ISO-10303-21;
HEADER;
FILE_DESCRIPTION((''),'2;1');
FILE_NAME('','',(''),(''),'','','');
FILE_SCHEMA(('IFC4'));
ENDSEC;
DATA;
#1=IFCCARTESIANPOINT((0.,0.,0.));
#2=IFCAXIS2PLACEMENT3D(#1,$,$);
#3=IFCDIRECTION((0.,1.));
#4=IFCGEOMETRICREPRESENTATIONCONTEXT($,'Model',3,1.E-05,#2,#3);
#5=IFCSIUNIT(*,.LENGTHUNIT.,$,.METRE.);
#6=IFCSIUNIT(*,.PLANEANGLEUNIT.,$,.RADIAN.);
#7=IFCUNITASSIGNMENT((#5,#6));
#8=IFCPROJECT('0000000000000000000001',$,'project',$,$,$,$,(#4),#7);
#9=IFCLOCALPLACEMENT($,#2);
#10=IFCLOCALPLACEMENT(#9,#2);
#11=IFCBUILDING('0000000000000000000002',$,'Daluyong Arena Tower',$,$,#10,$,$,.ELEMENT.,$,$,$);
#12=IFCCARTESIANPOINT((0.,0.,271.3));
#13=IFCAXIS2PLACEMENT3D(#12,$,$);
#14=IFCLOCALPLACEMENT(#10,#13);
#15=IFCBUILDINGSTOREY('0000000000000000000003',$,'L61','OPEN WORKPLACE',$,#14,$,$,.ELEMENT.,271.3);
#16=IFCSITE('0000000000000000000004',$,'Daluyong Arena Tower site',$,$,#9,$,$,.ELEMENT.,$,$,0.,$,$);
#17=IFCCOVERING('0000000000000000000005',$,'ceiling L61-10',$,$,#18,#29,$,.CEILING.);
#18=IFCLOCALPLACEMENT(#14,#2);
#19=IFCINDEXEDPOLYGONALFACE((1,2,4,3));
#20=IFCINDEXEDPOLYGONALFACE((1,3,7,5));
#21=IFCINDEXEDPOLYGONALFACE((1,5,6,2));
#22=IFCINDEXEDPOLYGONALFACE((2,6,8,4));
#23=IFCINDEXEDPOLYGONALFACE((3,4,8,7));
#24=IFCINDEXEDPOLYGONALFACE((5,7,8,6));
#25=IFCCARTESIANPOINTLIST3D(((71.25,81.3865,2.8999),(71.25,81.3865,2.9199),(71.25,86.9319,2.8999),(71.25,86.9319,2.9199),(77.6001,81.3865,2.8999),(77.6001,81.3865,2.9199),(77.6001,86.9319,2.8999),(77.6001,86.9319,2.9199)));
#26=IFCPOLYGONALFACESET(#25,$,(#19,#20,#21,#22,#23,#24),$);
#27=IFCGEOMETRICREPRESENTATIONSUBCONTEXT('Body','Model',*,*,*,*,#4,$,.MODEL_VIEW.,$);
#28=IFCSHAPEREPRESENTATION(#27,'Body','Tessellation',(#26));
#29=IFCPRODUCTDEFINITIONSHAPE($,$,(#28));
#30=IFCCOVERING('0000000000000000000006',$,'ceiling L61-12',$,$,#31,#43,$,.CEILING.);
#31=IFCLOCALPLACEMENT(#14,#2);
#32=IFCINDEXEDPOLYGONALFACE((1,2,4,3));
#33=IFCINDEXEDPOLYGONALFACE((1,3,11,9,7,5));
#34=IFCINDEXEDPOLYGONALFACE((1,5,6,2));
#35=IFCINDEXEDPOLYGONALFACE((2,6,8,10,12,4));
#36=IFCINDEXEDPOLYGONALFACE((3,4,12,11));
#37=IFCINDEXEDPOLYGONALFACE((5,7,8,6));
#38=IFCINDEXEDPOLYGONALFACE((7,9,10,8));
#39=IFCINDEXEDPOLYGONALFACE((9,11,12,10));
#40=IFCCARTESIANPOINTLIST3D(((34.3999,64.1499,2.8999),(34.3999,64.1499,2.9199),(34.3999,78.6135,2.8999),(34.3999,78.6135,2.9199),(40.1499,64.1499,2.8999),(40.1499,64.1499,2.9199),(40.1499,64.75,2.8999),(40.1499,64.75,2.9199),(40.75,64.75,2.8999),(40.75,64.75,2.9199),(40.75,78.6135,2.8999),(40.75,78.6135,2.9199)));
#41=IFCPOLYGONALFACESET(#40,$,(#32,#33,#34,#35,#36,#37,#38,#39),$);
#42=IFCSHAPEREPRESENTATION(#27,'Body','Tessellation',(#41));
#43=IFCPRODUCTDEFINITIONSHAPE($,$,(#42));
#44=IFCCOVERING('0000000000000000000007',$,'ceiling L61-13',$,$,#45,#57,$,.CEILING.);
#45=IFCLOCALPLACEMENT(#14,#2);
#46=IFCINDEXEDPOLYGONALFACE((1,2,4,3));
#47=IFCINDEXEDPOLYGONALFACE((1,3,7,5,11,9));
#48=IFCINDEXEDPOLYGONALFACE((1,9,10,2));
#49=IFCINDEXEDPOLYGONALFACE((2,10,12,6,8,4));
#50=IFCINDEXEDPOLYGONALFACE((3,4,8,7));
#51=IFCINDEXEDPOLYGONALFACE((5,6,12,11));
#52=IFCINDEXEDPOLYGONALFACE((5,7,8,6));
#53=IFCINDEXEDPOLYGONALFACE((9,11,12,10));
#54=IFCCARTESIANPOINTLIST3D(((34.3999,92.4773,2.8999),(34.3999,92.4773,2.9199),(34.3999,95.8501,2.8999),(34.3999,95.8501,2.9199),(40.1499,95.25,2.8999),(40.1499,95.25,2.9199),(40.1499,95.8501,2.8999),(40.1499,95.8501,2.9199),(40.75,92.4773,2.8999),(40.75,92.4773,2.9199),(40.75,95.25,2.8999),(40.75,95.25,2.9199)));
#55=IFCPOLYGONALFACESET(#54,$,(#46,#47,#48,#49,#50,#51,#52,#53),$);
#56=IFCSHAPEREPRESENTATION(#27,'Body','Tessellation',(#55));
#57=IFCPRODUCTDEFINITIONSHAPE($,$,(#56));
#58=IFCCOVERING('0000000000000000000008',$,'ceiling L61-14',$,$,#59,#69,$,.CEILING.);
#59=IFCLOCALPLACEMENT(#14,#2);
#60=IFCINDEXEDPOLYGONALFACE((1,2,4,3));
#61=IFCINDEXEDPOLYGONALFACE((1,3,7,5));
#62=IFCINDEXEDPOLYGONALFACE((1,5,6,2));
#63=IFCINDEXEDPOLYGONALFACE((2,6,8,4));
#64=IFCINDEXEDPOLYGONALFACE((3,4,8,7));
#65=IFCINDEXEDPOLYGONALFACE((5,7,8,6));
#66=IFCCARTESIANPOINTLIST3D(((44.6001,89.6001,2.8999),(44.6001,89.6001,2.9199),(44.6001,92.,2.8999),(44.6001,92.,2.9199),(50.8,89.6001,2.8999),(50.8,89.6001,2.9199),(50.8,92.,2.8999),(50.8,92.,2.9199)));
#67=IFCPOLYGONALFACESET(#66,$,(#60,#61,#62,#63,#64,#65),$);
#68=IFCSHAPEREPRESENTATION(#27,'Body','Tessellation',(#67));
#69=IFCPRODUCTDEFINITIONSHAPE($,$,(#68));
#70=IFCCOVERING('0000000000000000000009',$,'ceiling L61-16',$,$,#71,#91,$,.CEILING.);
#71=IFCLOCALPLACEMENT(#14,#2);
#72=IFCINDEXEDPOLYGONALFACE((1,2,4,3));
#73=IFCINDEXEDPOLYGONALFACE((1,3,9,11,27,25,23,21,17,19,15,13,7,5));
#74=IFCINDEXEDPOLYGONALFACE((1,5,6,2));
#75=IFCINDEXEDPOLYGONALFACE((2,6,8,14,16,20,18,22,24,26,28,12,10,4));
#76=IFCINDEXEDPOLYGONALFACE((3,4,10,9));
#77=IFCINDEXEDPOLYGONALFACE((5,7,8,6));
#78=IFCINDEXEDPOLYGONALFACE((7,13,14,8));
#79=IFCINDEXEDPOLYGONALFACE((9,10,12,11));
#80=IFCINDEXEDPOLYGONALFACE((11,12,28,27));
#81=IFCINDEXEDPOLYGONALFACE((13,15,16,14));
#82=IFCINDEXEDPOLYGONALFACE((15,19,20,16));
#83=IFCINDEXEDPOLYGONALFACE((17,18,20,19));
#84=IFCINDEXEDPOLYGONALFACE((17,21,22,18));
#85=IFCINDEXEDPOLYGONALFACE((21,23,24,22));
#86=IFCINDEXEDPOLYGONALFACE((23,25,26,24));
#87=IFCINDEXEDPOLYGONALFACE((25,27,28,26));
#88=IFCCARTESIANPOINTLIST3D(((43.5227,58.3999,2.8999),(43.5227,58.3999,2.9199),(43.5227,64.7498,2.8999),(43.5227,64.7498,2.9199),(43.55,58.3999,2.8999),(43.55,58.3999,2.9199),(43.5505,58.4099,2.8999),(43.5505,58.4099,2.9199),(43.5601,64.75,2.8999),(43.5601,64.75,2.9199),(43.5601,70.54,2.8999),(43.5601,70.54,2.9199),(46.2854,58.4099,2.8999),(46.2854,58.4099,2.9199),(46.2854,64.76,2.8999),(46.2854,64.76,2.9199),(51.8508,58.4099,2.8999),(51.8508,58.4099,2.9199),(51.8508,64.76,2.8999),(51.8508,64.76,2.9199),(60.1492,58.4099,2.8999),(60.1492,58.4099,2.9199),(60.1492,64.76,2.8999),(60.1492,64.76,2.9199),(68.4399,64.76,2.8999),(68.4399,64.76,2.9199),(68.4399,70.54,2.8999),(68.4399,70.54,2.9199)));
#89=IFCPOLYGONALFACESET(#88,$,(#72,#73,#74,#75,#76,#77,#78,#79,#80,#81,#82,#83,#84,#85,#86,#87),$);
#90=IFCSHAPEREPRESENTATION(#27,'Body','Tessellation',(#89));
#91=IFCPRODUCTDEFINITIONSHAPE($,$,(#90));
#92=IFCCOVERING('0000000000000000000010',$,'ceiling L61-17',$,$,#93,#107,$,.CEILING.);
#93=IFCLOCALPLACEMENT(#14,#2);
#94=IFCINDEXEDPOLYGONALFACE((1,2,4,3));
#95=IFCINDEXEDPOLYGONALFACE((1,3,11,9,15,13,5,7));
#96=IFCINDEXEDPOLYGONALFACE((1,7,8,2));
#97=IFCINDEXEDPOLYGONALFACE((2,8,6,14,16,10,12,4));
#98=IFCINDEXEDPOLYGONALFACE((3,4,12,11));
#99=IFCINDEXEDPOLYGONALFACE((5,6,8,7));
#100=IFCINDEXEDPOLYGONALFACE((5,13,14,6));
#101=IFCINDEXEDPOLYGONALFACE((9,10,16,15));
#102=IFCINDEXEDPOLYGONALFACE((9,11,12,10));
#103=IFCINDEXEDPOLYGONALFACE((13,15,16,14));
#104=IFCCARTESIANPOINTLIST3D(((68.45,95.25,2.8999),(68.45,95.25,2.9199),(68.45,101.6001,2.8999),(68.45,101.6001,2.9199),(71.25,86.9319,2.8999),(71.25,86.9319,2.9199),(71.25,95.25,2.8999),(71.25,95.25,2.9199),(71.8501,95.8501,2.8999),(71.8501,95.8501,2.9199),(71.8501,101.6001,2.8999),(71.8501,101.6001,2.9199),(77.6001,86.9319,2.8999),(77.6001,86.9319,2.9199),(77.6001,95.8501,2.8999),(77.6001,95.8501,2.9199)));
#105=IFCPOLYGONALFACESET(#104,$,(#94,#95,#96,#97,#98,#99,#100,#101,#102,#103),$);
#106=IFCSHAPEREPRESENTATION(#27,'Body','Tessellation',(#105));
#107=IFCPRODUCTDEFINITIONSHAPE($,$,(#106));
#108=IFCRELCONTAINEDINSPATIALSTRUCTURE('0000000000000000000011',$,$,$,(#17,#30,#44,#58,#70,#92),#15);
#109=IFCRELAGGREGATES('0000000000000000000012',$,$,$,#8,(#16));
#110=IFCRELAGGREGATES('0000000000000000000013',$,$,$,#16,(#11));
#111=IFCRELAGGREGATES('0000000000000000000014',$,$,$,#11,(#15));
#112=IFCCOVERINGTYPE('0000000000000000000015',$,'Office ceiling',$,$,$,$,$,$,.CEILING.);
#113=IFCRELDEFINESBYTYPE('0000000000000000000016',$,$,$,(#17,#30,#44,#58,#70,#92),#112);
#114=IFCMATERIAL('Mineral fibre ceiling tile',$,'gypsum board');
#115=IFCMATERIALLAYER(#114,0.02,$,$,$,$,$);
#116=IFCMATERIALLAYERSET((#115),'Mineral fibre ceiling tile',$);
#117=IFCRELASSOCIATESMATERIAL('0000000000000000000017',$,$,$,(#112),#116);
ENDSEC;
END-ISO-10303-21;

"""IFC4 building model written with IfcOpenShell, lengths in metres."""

from ifc_helpers import new_model, si_unit, direction, frame, origin, place, context, subcontext, project, spatial, polyline, outline, extrude, material, layer, layer_set, type_object, element, save


model = new_model("IFC4")

# Units and contexts
model_context = context("Model", 3, precision=1e-05, world=origin(), true_north=direction((0.0, 1.0)))
body_context = subcontext(model_context, "Body", "Model", "MODEL_VIEW")
ifc_project = project(units=[si_unit("LENGTHUNIT", "METRE"), si_unit("PLANEANGLEUNIT", "RADIAN")], contexts=[model_context])

# Site, building, storey
site_placement = place(None, origin())
site = spatial("IfcSite", under=ifc_project, at=site_placement, Name="Daluyong Arena Tower site", CompositionType="ELEMENT", RefElevation=0.0)
building_placement = place(site_placement, origin())
building = spatial("IfcBuilding", under=site, at=building_placement, Name="Daluyong Arena Tower", CompositionType="ELEMENT")
storey_placement = place(building_placement, frame((0.0, 0.0, 271.3)))
storey = spatial("IfcBuildingStorey", under=building, at=storey_placement, Name="L61", Description="OPEN WORKPLACE", CompositionType="ELEMENT", Elevation=271.3)

# Coverings
ifc_material_1 = material(Name="Mineral fibre ceiling tile", Category="gypsum board")
ifc_layer_1 = layer(ifc_material_1, 0.02)
ifc_layer_set_1 = layer_set([ifc_layer_1], Name="Mineral fibre ceiling tile")
covering_type = type_object("IfcCoveringType", Name="Office ceiling", PredefinedType="CEILING", material=ifc_layer_set_1)
covering_1_placement = place(storey_placement, frame((0.0, 0.0, 2.8999)))
element("IfcCovering", 1, at=covering_1_placement, inside=storey, type_object=covering_type, Name="ceiling L61-10", PredefinedType="CEILING", context=body_context, shape_type="SweptSolid", body=[
    extrude(outline(polyline([(71.25, 81.3865), (77.6001, 81.3865), (77.6001, 86.9319), (71.25, 86.9319), (71.25, 81.3865)])), origin(), (0.0, 0.0, 1.0), 0.02),
])
covering_2_placement = place(storey_placement, frame((0.0, 0.0, 2.8999)))
element("IfcCovering", 2, at=covering_2_placement, inside=storey, type_object=covering_type, Name="ceiling L61-12", PredefinedType="CEILING", context=body_context, shape_type="SweptSolid", body=[
    extrude(outline(polyline([(34.3999, 64.1499), (40.1499, 64.1499), (40.1499, 64.75), (40.75, 64.75), (40.75, 78.6135), (34.3999, 78.6135), (34.3999, 64.1499)])), origin(), (0.0, 0.0, 1.0), 0.02),
])
covering_3_placement = place(storey_placement, frame((0.0, 0.0, 2.8999)))
element("IfcCovering", 3, at=covering_3_placement, inside=storey, type_object=covering_type, Name="ceiling L61-13", PredefinedType="CEILING", context=body_context, shape_type="SweptSolid", body=[
    extrude(outline(polyline([(40.75, 92.4773), (40.75, 95.25), (40.1499, 95.25), (40.1499, 95.8501), (34.3999, 95.8501), (34.3999, 92.4773), (40.75, 92.4773)])), origin(), (0.0, 0.0, 1.0), 0.02),
])
covering_4_placement = place(storey_placement, frame((0.0, 0.0, 2.8999)))
element("IfcCovering", 4, at=covering_4_placement, inside=storey, type_object=covering_type, Name="ceiling L61-14", PredefinedType="CEILING", context=body_context, shape_type="SweptSolid", body=[
    extrude(outline(polyline([(44.6001, 89.6001), (50.8, 89.6001), (50.8, 92.0), (44.6001, 92.0), (44.6001, 89.6001)])), origin(), (0.0, 0.0, 1.0), 0.02),
])
covering_5_placement = place(storey_placement, frame((0.0, 0.0, 2.8999)))
element("IfcCovering", 5, at=covering_5_placement, inside=storey, type_object=covering_type, Name="ceiling L61-16", PredefinedType="CEILING", context=body_context, shape_type="SweptSolid", body=[
    extrude(outline(polyline([(43.5227, 58.3999), (43.55, 58.3999), (43.5505, 58.4099), (46.2854, 58.4099), (46.2854, 64.76), (51.8508, 64.76), (51.8508, 58.4099), (60.1492, 58.4099), (60.1492, 64.76), (68.4399, 64.76), (68.4399, 70.54), (43.5601, 70.54), (43.5601, 64.75), (43.5227, 64.7498), (43.5227, 58.3999)])), origin(), (0.0, 0.0, 1.0), 0.02),
])
covering_6_placement = place(storey_placement, frame((0.0, 0.0, 2.8999)))
element("IfcCovering", 6, at=covering_6_placement, inside=storey, type_object=covering_type, Name="ceiling L61-17", PredefinedType="CEILING", context=body_context, shape_type="SweptSolid", body=[
    extrude(outline(polyline([(71.8501, 101.6001), (68.45, 101.6001), (68.45, 95.25), (71.25, 95.25), (71.25, 86.9319), (77.6001, 86.9319), (77.6001, 95.8501), (71.8501, 95.8501), (71.8501, 101.6001)])), origin(), (0.0, 0.0, 1.0), 0.02),
])

save(model, "model.ifc")
